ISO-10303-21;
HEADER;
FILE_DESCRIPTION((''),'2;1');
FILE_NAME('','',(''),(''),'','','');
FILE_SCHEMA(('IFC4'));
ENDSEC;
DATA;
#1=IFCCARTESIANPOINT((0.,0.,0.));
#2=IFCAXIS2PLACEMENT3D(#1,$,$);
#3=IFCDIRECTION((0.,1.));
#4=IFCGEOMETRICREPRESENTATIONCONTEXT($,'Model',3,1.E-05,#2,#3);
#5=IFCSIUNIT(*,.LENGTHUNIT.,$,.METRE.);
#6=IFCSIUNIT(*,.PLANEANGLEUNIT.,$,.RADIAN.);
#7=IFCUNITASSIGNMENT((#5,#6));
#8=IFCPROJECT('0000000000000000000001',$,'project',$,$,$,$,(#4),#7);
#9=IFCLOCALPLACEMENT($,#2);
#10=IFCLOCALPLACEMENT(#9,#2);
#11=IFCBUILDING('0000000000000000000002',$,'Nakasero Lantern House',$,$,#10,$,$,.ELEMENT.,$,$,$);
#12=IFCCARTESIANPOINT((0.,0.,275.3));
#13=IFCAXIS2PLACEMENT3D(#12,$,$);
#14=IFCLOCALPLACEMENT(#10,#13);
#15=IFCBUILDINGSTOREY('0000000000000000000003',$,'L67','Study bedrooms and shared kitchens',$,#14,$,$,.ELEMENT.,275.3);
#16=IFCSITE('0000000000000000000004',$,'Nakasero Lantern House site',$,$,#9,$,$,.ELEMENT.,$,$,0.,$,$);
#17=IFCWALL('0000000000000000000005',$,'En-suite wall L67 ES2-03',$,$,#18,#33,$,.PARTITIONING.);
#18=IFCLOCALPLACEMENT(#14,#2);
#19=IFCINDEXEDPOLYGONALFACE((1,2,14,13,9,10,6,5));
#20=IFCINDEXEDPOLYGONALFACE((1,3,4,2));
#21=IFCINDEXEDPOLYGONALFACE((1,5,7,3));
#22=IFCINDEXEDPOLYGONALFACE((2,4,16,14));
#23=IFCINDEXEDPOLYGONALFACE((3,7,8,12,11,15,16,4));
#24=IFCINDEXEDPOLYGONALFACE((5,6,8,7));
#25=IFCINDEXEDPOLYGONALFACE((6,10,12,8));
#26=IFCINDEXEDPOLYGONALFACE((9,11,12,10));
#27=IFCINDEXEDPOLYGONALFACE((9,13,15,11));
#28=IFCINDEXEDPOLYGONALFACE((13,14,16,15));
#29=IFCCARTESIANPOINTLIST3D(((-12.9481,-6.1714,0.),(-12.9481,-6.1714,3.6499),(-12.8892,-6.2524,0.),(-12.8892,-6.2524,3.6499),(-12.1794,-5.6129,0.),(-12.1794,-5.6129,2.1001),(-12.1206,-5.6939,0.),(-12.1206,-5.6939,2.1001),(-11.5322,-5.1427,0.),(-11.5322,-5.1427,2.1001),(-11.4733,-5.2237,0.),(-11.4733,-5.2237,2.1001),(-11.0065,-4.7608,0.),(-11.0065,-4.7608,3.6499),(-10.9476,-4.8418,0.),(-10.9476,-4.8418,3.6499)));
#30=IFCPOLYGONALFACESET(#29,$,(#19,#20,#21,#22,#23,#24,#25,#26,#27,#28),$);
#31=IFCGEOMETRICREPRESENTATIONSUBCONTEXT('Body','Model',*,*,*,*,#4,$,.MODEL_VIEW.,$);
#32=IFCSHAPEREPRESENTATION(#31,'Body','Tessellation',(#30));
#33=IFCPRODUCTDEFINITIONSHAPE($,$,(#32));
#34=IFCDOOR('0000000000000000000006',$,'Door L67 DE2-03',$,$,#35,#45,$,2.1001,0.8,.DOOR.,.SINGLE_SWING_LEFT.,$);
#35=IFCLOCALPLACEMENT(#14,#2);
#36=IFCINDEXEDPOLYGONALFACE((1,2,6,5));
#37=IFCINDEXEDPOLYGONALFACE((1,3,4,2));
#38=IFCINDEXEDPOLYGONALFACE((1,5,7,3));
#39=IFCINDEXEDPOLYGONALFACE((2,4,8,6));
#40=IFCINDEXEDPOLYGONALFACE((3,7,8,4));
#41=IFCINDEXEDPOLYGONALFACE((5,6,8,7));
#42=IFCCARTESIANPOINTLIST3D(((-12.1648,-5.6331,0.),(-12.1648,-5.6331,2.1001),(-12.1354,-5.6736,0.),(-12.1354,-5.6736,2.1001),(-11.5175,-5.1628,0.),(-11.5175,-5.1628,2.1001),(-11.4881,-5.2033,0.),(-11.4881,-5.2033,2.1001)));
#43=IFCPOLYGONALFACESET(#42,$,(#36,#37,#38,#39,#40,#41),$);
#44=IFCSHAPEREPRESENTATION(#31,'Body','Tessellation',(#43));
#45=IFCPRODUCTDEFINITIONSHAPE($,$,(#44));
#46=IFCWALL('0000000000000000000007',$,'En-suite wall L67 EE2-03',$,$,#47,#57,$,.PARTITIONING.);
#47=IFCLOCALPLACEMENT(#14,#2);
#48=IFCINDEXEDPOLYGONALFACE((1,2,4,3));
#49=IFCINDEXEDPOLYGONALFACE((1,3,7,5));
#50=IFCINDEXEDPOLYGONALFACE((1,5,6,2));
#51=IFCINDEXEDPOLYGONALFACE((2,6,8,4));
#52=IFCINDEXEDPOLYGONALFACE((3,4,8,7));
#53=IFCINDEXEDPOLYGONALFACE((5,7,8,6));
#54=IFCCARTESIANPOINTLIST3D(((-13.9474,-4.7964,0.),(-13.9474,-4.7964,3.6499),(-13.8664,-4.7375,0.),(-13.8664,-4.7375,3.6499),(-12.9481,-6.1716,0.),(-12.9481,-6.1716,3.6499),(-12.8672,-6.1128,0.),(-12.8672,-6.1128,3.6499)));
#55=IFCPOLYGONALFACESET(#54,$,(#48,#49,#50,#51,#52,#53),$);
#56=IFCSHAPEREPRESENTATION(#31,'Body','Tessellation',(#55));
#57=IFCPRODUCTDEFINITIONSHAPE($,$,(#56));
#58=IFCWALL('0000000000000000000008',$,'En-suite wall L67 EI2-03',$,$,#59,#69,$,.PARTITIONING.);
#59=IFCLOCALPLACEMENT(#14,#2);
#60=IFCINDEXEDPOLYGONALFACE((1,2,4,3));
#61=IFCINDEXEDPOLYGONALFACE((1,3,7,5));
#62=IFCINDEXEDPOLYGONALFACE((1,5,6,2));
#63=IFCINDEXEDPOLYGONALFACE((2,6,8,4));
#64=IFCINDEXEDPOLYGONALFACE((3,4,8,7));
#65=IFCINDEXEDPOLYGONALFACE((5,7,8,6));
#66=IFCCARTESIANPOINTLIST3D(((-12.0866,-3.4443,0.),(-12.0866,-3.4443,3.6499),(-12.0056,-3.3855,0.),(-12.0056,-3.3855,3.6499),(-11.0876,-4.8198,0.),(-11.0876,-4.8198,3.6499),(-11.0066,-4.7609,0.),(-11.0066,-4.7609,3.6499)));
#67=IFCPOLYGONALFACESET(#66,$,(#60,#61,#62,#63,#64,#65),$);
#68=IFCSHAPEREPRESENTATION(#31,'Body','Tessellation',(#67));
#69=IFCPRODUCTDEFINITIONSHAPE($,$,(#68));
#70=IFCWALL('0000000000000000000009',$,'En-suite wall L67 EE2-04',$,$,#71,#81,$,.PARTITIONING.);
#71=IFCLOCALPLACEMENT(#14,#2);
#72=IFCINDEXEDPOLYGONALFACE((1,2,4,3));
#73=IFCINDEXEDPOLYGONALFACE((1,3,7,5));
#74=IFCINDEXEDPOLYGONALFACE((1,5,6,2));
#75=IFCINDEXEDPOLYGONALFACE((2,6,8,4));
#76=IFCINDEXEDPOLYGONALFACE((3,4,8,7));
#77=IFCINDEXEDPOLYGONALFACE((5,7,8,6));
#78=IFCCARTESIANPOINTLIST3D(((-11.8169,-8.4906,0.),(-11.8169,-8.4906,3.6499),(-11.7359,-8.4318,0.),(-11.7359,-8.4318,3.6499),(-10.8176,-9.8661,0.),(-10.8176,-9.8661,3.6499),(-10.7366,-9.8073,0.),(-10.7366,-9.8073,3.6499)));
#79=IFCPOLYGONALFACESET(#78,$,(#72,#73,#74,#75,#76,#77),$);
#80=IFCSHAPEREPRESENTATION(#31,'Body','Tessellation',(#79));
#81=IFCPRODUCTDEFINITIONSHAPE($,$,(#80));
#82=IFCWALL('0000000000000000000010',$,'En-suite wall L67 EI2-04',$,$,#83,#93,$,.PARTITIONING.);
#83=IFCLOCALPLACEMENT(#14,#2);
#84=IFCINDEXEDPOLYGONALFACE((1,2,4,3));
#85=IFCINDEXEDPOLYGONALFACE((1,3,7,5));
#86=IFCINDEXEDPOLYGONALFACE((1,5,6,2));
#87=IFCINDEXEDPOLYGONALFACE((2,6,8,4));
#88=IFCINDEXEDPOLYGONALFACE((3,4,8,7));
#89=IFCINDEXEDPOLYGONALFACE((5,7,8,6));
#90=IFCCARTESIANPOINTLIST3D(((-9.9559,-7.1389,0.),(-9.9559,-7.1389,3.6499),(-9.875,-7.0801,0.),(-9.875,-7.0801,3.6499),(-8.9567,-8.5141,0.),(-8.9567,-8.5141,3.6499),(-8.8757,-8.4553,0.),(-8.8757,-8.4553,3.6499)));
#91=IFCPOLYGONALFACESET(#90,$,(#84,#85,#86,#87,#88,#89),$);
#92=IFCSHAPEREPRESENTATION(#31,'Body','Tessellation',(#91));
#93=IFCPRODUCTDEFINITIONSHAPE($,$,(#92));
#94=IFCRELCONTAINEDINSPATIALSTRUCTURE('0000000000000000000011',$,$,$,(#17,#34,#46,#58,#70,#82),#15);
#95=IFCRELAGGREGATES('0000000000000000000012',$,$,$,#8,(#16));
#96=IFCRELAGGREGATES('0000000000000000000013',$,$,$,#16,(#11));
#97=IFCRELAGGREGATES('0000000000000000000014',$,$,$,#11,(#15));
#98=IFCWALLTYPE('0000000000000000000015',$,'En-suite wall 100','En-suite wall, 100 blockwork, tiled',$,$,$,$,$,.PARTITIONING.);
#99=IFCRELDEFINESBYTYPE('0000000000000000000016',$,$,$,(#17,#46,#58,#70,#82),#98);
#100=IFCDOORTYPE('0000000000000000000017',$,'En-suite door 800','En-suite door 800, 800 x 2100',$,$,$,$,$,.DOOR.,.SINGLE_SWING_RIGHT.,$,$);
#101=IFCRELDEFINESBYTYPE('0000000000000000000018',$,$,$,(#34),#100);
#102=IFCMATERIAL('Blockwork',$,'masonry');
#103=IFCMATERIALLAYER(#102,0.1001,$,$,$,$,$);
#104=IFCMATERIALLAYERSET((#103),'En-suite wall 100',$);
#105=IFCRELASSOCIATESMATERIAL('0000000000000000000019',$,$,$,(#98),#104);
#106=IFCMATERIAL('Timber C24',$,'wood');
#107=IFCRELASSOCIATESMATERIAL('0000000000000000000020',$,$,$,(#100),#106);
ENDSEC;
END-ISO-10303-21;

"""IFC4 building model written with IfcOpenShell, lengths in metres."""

from ifc_helpers import new_model, si_unit, direction, frame, frame_2d, origin, place, context, subcontext, project, spatial, rectangle, extrude, material, layer, layer_set, type_object, element, fill, save


model = new_model("IFC4")

# Units and contexts
model_context = context("Model", 3, precision=1e-05, world=origin(), true_north=direction((0.0, 1.0)))
body_context = subcontext(model_context, "Body", "Model", "MODEL_VIEW")
ifc_project = project(units=[si_unit("LENGTHUNIT", "METRE"), si_unit("PLANEANGLEUNIT", "RADIAN")], contexts=[model_context])

# Site, building, storey
site_placement = place(None, origin())
site = spatial("IfcSite", under=ifc_project, at=site_placement, Name="Nakasero Lantern House site", CompositionType="ELEMENT", RefElevation=0.0)
building_placement = place(site_placement, origin())
building = spatial("IfcBuilding", under=site, at=building_placement, Name="Nakasero Lantern House", CompositionType="ELEMENT")
storey_placement = place(building_placement, frame((0.0, 0.0, 275.3)))
storey = spatial("IfcBuildingStorey", under=building, at=storey_placement, Name="L67", Description="Study bedrooms and shared kitchens", CompositionType="ELEMENT", Elevation=275.3)

# Wall, opening, door
ifc_material_1 = material(Name="Blockwork", Category="masonry")
ifc_layer_1 = layer(ifc_material_1, 0.1001)
ifc_layer_set_1 = layer_set([ifc_layer_1], Name="En-suite wall 100")
wall_type_1 = type_object("IfcWallType", Name="En-suite wall 100", Description="En-suite wall, 100 blockwork, tiled", PredefinedType="PARTITIONING", material=ifc_layer_set_1)
wall_1_placement = place(storey_placement, frame((-10.9771, -4.8013, 0.0), z_axis=(0.0, 0.0, 1.0), x_axis=(-0.809026, -0.587772, 0.0)))
wall_1 = element("IfcWall", 1, at=wall_1_placement, inside=storey, type_object=wall_type_1, Name="En-suite wall L67 ES2-03", PredefinedType="PARTITIONING", context=body_context, shape_type="SweptSolid", body=[
    extrude(rectangle(XDim=2.3999, YDim=0.1001, at=frame_2d((1.2, 0.0))), origin(), (0.0, 0.0, 1.0), 3.6499),
])
opening_1_placement = place(wall_1_placement, frame((0.6499, 0.0, 0.0)))
opening_1 = element("IfcOpeningElement", 2, at=opening_1_placement, cuts=wall_1, PredefinedType="OPENING", context=body_context, shape_type="SweptSolid", body=[
    extrude(rectangle(XDim=0.8, YDim=2.1001, at=frame_2d((0.3999, 1.05))), frame((0.0, 0.0701, 0.0), z_axis=(0.0, -1.0, 0.0), x_axis=(1.0, 0.0, 0.0)), (0.0, 0.0, 1.0), 0.1401),
])
ifc_material_2 = material(Name="Timber C24", Category="wood")
door_type_1 = type_object("IfcDoorType", Name="En-suite door 800", Description="En-suite door 800, 800 x 2100", OperationType="SINGLE_SWING_RIGHT", PredefinedType="DOOR", material=ifc_material_2)
door_1_placement = place(opening_1_placement, origin())
door_1 = element("IfcDoor", 3, at=door_1_placement, inside=storey, type_object=door_type_1, Name="Door L67 DE2-03", OperationType="SINGLE_SWING_LEFT", OverallHeight=2.1001, OverallWidth=0.8, PredefinedType="DOOR", context=body_context, shape_type="SweptSolid", body=[
    extrude(rectangle(XDim=0.8, YDim=2.1001, at=frame_2d((0.3999, 1.05))), frame((0.0, 0.0249, 0.0), z_axis=(0.0, -1.0, 0.0), x_axis=(1.0, 0.0, 0.0)), (0.0, 0.0, 1.0), 0.05),
])
fill(opening_1, door_1)

# Walls
for number, where, z_axis, x_axis, name in (
    (4, (-13.907, -4.7668, 0.0), (0.0, 0.0, 1.0), (0.587822, -0.808991, 0.0), "En-suite wall L67 EE2-03"),
    (5, (-12.0461, -3.4148, 0.0), (0.0, 0.0, 1.0), (0.587659, -0.809109, 0.0), "En-suite wall L67 EI2-03"),
):
    element("IfcWall", number, at=place(storey_placement, frame(where, z_axis=z_axis, x_axis=x_axis)), inside=storey, type_object=wall_type_1, Name=name, PredefinedType="PARTITIONING", context=body_context, shape_type="SweptSolid", body=[
        extrude(rectangle(XDim=1.7, YDim=0.1001, at=frame_2d((0.8501, 0.0))), origin(), (0.0, 0.0, 1.0), 3.6499),
    ])
wall_2_placement = place(storey_placement, frame((-11.7764, -8.4612, 0.0), z_axis=(0.0, 0.0, 1.0), x_axis=(0.587753, -0.80904, 0.0)))
element("IfcWall", 6, at=wall_2_placement, inside=storey, type_object=wall_type_1, Name="En-suite wall L67 EE2-04", PredefinedType="PARTITIONING", context=body_context, shape_type="SweptSolid", body=[
    extrude(rectangle(XDim=1.7002, YDim=0.1001, at=frame_2d((0.8501, 0.0))), origin(), (0.0, 0.0, 1.0), 3.6499),
])
wall_3_placement = place(storey_placement, frame((-9.9155, -7.1094, 0.0), z_axis=(0.0, 0.0, 1.0), x_axis=(0.587822, -0.808991, 0.0)))
element("IfcWall", 7, at=wall_3_placement, inside=storey, type_object=wall_type_1, Name="En-suite wall L67 EI2-04", PredefinedType="PARTITIONING", context=body_context, shape_type="SweptSolid", body=[
    extrude(rectangle(XDim=1.7, YDim=0.1001, at=frame_2d((0.8501, 0.0))), origin(), (0.0, 0.0, 1.0), 3.6499),
])

save(model, "model.ifc")
